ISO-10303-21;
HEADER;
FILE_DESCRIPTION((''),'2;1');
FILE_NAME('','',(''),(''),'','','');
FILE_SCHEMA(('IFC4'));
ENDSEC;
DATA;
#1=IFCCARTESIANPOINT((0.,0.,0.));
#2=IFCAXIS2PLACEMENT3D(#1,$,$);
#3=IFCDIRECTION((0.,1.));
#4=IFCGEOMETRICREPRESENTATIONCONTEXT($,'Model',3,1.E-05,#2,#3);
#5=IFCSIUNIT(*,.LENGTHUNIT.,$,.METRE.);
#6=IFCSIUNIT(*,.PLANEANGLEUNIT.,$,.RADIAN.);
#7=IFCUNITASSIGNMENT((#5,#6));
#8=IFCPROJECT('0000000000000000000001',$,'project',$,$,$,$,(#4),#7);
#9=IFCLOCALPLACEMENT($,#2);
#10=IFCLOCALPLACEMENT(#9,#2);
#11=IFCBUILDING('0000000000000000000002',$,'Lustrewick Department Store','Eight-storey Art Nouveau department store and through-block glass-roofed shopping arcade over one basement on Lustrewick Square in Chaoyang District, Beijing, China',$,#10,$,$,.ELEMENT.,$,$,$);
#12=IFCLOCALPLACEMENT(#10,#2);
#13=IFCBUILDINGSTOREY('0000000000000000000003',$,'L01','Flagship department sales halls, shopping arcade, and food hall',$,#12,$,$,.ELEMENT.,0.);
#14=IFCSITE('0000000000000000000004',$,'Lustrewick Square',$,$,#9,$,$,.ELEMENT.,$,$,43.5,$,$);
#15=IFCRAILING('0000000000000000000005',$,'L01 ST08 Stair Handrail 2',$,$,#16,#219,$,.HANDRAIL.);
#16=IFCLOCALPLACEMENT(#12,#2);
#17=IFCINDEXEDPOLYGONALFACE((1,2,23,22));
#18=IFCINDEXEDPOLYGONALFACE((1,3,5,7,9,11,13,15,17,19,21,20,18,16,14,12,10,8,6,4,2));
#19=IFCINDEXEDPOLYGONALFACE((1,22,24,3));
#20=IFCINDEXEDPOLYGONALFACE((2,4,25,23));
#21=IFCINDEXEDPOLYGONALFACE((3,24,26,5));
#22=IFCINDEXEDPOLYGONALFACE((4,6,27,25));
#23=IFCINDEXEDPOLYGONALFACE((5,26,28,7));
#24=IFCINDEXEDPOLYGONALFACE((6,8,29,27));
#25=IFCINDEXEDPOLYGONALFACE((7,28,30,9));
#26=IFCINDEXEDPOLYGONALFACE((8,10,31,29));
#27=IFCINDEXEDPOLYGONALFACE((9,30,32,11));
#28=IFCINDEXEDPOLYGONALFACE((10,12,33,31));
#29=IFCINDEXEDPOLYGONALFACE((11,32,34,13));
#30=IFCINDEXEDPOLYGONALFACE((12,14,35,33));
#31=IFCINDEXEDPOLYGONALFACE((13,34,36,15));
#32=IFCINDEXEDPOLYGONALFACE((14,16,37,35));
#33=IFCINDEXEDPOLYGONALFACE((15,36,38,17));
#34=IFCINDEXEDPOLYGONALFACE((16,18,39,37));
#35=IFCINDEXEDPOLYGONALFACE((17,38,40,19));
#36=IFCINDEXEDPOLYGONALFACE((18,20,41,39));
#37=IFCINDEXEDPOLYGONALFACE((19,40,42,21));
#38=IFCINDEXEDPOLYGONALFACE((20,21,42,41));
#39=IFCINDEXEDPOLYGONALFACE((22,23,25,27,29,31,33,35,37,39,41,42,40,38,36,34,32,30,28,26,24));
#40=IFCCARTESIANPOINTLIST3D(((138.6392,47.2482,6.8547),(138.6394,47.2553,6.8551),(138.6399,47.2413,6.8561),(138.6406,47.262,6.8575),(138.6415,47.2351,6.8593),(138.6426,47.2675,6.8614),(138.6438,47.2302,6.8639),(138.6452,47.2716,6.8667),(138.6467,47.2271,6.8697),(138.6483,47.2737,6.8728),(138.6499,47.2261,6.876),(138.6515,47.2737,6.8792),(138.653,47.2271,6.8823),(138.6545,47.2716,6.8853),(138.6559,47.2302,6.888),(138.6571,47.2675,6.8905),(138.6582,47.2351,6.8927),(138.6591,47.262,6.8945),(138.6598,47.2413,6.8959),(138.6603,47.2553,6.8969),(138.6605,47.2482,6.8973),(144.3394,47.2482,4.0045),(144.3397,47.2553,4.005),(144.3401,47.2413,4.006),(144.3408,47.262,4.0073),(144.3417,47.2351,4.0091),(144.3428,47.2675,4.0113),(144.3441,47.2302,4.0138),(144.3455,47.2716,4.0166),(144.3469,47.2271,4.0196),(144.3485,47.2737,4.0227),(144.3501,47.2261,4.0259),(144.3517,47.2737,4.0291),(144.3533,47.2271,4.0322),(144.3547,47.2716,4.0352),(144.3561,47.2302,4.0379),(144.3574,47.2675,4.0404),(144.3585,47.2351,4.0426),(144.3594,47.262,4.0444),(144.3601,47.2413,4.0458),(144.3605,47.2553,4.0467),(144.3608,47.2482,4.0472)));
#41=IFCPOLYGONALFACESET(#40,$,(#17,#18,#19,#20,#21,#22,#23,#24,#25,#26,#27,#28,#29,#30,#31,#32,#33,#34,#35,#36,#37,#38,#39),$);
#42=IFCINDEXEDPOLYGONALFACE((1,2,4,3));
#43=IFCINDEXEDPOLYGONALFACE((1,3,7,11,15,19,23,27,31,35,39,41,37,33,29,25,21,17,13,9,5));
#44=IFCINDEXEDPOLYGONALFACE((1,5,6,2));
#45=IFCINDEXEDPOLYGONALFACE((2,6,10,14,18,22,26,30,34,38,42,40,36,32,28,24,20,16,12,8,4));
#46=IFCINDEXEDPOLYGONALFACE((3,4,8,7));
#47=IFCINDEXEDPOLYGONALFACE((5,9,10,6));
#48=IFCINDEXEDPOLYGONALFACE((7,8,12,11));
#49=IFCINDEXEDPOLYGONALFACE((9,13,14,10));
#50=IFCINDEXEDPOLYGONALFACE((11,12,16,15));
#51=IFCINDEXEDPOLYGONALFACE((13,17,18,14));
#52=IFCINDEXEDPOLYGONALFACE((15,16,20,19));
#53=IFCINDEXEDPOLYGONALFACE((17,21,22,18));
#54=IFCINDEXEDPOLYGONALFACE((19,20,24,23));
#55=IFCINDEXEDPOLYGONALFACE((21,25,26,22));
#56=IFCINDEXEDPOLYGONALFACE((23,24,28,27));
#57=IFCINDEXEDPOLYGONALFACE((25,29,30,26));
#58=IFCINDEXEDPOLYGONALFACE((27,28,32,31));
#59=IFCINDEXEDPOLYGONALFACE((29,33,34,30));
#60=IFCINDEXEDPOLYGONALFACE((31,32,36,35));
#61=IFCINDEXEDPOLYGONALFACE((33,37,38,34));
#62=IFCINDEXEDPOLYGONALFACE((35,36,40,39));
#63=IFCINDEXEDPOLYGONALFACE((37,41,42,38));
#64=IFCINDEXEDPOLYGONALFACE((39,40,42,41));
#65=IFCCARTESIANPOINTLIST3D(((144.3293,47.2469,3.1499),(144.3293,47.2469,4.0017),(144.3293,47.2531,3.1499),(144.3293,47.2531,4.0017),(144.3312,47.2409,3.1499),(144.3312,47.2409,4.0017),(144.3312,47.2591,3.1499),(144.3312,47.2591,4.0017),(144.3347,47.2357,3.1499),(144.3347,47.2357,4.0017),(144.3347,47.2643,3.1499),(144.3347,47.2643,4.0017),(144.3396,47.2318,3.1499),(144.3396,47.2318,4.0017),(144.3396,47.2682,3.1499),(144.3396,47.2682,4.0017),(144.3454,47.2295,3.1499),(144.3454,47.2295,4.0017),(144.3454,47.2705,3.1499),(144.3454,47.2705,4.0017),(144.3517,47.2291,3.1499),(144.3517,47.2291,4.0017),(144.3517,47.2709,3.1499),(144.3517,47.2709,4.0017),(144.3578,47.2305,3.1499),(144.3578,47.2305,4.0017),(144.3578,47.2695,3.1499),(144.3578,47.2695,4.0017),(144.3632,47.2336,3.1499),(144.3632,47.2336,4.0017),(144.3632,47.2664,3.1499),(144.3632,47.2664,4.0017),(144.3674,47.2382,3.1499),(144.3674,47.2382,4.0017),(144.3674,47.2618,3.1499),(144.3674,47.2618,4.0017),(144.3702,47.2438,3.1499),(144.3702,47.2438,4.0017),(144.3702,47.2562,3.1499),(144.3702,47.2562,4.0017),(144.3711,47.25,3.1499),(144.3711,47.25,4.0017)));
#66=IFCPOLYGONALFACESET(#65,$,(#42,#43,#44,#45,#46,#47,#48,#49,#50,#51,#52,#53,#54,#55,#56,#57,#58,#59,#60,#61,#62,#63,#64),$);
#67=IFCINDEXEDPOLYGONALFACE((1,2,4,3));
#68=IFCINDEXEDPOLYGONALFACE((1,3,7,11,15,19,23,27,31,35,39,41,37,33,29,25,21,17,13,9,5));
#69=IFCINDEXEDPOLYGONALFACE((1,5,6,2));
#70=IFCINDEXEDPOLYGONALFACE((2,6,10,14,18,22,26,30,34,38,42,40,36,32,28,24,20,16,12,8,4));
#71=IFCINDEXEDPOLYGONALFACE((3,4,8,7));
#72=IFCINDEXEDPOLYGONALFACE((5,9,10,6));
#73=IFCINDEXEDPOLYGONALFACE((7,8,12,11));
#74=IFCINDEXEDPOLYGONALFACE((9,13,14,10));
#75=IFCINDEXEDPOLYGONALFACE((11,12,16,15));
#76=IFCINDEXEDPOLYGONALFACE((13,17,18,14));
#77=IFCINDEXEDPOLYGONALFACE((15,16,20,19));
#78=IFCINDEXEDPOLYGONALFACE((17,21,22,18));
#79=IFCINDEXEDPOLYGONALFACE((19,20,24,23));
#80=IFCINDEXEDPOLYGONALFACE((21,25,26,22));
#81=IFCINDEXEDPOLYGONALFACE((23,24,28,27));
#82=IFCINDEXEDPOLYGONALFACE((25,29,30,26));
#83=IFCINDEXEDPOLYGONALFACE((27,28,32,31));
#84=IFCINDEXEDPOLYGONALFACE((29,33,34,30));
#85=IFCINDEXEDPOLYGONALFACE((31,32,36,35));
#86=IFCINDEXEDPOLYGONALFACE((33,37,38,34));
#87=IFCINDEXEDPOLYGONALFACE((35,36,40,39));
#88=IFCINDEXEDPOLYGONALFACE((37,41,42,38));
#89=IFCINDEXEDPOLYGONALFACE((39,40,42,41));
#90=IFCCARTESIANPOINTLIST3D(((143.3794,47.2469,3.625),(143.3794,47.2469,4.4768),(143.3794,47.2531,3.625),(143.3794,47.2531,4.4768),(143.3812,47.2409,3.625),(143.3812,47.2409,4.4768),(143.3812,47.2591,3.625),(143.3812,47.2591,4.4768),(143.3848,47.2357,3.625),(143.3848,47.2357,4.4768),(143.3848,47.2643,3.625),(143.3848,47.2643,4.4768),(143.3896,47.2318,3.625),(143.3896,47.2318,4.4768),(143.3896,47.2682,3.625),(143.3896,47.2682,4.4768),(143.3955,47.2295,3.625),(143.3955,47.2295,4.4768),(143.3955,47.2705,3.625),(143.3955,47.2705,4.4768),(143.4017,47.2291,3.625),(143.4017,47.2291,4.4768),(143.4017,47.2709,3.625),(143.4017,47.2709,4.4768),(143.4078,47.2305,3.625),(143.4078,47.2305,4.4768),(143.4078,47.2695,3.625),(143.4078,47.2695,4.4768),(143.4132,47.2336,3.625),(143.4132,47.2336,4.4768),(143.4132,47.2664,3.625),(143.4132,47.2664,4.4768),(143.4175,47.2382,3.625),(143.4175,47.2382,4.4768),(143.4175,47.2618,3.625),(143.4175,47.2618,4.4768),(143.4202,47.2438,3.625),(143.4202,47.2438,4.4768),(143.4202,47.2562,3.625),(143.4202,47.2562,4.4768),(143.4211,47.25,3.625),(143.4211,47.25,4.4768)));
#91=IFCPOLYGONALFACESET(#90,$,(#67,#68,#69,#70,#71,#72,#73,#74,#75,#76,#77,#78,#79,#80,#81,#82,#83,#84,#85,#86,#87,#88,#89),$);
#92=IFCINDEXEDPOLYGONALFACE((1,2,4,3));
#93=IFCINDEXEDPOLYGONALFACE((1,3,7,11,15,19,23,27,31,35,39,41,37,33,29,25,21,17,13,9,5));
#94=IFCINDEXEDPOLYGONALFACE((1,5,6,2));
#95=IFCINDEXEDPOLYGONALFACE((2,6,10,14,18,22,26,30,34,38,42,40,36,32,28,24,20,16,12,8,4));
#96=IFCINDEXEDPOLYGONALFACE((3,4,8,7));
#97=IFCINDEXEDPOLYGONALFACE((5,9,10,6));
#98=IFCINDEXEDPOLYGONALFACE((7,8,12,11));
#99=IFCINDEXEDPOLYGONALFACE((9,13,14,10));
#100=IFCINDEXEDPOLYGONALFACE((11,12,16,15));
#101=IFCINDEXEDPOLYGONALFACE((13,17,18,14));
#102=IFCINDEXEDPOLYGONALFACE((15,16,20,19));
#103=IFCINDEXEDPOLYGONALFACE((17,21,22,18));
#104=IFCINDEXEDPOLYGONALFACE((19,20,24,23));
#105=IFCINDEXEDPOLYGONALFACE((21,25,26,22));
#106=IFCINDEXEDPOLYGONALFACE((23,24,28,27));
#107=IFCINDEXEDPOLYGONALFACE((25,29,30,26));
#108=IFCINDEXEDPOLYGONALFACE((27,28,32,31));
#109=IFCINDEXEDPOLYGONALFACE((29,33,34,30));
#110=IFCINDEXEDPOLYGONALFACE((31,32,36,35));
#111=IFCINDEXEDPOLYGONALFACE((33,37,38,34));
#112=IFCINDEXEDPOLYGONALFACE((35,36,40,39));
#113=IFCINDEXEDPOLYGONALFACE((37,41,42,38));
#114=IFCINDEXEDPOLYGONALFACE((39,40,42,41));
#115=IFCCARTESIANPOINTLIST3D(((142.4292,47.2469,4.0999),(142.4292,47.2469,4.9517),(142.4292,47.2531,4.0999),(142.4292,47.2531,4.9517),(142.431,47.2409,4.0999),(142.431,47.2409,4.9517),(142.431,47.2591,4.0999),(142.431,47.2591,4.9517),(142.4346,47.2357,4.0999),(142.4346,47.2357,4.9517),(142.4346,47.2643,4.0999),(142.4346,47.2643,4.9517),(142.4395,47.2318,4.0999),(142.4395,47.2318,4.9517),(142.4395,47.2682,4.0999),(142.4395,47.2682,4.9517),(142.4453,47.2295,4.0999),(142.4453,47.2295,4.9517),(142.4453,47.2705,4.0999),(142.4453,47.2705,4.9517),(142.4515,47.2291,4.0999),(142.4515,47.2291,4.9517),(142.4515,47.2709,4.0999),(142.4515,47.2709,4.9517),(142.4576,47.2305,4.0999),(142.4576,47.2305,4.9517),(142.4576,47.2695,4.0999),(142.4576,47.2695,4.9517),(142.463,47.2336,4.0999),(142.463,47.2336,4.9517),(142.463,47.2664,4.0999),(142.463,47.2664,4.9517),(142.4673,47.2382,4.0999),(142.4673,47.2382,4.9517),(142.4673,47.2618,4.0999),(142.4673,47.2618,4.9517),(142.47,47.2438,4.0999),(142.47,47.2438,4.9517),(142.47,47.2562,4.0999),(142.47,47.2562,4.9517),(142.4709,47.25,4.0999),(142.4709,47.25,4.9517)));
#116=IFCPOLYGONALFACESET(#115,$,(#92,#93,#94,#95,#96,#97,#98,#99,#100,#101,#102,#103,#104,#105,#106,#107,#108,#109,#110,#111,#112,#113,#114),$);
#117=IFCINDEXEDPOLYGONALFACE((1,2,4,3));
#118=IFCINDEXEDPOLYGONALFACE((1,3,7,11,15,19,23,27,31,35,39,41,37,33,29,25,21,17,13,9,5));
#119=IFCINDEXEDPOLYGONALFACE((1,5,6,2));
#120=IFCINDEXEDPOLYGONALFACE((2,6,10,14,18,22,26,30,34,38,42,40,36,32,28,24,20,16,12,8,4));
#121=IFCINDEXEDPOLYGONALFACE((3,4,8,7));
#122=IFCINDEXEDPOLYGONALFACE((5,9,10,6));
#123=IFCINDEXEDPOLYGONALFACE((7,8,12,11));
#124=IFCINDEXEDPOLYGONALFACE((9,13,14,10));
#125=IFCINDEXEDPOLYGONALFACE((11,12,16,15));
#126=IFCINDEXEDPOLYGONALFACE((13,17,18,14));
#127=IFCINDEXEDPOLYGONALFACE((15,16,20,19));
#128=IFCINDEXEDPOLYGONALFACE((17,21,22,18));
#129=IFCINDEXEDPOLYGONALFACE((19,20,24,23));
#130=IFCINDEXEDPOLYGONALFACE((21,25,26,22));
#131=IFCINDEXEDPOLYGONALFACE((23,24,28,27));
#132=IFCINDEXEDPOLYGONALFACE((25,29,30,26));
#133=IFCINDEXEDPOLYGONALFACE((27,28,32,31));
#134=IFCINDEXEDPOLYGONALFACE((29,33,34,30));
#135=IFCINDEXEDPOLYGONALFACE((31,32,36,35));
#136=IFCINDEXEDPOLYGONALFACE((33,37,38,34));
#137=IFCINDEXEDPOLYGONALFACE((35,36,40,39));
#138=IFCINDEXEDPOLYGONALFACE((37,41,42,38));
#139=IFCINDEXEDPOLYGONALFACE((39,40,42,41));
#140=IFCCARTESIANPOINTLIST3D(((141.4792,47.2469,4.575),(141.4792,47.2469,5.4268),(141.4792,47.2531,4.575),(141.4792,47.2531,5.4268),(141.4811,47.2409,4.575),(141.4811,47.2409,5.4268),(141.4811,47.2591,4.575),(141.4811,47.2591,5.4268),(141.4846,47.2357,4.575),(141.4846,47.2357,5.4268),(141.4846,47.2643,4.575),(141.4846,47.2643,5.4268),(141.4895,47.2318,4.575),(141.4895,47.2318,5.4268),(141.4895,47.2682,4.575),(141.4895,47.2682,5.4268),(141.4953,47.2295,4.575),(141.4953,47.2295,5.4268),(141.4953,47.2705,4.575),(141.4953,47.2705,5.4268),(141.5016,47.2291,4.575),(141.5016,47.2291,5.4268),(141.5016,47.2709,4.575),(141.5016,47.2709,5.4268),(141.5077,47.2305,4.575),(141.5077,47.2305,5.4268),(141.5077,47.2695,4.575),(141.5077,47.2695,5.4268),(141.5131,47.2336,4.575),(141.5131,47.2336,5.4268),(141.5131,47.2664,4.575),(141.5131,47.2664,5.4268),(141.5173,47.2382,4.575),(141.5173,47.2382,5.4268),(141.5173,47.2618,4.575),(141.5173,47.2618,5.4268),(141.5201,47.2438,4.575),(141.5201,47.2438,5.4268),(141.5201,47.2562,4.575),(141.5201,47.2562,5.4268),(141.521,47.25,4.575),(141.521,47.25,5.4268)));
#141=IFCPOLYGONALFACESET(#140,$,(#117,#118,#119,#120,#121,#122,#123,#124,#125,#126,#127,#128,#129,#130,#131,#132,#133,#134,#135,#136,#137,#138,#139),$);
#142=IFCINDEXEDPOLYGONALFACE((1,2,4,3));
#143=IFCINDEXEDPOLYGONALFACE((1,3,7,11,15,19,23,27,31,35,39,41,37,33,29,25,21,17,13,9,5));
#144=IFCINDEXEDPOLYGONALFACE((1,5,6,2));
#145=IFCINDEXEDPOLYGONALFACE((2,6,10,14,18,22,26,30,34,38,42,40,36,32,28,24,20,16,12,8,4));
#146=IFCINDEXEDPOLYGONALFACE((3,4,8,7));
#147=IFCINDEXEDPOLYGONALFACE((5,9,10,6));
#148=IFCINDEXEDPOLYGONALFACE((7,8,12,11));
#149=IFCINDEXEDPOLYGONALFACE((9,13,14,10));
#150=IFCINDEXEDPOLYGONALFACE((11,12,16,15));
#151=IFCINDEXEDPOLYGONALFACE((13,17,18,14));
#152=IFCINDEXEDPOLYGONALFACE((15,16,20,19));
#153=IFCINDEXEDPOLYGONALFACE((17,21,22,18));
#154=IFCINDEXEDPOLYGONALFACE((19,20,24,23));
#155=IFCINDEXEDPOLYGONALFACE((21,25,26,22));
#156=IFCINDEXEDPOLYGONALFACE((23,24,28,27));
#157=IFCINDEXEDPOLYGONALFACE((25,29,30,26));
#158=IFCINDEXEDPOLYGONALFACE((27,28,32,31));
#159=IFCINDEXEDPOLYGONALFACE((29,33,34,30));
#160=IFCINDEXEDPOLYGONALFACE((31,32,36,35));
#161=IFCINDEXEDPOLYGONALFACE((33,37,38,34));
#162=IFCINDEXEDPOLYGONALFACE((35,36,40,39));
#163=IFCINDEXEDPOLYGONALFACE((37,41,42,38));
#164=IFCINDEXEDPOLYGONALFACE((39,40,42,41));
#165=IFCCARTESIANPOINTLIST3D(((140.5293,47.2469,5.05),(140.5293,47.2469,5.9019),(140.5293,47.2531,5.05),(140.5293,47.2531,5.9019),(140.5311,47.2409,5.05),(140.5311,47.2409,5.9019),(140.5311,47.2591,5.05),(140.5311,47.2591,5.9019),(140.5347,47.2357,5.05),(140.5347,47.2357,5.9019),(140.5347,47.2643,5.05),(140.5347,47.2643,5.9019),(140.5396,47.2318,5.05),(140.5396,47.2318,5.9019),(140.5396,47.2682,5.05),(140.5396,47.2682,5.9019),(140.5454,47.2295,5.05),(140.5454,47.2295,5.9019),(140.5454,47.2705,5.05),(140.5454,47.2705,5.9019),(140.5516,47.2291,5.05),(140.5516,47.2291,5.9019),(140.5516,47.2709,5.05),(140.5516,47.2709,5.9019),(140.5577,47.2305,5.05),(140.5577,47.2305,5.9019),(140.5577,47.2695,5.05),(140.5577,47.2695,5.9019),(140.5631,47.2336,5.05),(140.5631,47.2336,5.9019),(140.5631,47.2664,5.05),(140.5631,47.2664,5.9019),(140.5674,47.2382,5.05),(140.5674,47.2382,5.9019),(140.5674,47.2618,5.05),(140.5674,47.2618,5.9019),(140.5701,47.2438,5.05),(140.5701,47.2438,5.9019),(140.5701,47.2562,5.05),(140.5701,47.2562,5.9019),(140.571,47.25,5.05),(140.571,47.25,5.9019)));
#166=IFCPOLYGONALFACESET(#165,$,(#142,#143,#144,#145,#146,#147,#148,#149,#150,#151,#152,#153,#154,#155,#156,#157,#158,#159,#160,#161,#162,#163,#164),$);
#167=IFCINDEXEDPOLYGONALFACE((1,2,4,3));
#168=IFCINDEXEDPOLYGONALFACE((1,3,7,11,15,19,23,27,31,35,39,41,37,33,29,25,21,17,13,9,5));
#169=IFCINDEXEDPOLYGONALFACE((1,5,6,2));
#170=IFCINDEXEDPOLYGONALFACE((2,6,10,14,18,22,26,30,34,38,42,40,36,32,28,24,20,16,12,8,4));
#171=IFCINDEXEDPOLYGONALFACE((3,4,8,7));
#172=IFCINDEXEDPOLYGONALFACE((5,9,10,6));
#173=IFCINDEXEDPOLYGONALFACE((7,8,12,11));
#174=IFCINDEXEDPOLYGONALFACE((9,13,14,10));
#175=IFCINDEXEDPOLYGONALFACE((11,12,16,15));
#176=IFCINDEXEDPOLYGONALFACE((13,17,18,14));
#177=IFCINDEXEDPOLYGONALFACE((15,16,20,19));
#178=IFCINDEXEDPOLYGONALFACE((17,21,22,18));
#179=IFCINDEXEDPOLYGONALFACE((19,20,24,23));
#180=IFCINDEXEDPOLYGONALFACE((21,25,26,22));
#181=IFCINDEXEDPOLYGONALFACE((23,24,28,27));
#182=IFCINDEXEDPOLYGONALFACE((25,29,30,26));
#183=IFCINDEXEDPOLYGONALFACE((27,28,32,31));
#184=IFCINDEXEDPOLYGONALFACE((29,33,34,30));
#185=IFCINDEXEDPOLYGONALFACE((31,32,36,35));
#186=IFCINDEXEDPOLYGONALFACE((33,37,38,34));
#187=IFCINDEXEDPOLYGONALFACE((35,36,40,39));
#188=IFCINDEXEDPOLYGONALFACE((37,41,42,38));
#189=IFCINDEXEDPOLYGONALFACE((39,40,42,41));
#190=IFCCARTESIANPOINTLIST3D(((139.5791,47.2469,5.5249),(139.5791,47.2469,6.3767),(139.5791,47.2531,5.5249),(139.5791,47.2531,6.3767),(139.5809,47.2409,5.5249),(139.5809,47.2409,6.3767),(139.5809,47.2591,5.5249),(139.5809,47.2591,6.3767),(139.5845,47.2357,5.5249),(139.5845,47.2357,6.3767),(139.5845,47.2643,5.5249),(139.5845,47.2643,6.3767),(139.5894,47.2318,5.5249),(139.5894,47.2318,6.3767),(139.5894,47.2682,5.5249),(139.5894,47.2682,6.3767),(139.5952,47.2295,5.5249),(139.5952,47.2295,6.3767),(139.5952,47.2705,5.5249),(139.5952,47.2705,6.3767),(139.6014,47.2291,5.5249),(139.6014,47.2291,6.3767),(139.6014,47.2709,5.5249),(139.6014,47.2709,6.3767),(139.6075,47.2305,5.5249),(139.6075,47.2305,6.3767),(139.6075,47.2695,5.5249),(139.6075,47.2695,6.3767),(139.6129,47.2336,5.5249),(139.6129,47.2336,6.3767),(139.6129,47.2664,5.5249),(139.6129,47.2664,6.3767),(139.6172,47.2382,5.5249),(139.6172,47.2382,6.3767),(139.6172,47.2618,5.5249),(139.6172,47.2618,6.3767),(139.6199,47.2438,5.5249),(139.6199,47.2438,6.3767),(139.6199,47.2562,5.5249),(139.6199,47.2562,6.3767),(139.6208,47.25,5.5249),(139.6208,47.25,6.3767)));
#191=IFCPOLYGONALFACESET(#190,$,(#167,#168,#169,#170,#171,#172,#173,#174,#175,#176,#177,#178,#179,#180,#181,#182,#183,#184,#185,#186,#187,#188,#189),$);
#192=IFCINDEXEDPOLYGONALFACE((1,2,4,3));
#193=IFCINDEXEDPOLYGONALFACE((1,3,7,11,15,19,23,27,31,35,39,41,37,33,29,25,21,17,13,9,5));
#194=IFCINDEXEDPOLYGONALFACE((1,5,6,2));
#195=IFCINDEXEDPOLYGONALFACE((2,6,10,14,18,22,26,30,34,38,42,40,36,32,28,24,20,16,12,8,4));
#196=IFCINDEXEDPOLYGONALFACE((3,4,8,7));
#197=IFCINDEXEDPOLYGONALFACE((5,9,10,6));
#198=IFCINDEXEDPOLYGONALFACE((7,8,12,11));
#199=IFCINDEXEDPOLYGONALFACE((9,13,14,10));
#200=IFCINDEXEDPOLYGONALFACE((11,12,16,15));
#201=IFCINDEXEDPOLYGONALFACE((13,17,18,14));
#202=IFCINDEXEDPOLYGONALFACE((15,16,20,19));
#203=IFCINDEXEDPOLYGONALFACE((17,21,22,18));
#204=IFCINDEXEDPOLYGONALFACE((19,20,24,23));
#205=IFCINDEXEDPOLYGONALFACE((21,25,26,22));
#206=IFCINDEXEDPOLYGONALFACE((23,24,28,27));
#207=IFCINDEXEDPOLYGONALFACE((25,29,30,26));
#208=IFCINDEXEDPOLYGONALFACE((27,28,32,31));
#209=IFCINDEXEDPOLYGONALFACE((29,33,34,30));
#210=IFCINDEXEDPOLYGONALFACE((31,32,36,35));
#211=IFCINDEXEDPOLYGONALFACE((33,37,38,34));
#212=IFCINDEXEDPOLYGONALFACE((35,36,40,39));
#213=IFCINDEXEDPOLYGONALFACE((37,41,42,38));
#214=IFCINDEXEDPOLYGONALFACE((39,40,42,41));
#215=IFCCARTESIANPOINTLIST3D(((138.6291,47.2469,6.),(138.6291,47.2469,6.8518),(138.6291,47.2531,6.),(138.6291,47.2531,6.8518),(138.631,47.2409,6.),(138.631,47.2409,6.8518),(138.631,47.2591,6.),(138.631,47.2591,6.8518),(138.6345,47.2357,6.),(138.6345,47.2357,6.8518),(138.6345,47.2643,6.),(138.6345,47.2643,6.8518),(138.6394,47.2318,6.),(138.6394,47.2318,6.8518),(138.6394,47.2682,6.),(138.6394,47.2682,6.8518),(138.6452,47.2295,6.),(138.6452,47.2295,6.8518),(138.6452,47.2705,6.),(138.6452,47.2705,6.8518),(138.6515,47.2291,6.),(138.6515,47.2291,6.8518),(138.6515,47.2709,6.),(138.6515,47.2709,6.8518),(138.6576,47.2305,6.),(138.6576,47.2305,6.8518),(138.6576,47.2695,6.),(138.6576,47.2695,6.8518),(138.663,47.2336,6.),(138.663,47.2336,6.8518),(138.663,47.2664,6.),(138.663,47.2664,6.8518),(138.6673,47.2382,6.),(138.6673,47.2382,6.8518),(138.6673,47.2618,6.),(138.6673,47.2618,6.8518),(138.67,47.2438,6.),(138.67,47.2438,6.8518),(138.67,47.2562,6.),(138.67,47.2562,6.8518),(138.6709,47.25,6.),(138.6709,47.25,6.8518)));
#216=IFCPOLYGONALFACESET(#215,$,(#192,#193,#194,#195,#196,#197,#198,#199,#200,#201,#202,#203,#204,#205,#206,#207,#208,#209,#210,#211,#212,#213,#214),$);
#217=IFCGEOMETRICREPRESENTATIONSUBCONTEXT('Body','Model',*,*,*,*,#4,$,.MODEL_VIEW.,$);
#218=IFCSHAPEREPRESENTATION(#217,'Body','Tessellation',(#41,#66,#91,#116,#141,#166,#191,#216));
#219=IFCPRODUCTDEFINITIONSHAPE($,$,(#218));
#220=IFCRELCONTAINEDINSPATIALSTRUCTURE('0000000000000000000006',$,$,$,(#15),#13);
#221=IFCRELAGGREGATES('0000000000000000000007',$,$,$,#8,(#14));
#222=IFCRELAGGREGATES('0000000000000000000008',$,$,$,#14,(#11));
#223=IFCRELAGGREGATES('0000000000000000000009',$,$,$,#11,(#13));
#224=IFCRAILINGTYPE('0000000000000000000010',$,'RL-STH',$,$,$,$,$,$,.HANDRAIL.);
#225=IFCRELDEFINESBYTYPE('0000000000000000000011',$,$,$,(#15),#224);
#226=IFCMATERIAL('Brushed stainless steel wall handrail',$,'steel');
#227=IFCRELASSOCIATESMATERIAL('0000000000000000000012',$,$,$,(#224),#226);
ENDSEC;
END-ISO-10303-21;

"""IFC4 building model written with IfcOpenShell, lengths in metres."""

from ifc_helpers import new_model, si_unit, direction, frame, origin, origin_2d, place, context, subcontext, project, spatial, circle, extrude, material, type_object, element, save


model = new_model("IFC4")

# Units and contexts
model_context = context("Model", 3, precision=1e-05, world=origin(), true_north=direction((0.0, 1.0)))
body_context = subcontext(model_context, "Body", "Model", "MODEL_VIEW")
ifc_project = project(units=[si_unit("LENGTHUNIT", "METRE"), si_unit("PLANEANGLEUNIT", "RADIAN")], contexts=[model_context])

# Site, building, storey
site_placement = place(None, origin())
site = spatial("IfcSite", under=ifc_project, at=site_placement, Name="Lustrewick Square", CompositionType="ELEMENT", RefElevation=43.5)
building_placement = place(site_placement, origin())
building = spatial("IfcBuilding", under=site, at=building_placement, Name="Lustrewick Department Store", Description="Eight-storey Art Nouveau department store and through-block glass-roofed shopping arcade over one basement on Lustrewick Square in Chaoyang District, Beijing, China", CompositionType="ELEMENT")
storey_placement = place(building_placement, origin())
storey = spatial("IfcBuildingStorey", under=building, at=storey_placement, Name="L01", Description="Flagship department sales halls, shopping arcade, and food hall", CompositionType="ELEMENT", Elevation=0.0)

# Railing
ifc_material_1 = material(Name="Brushed stainless steel wall handrail", Category="steel")
railing_type_1 = type_object("IfcRailingType", Name="RL-STH", PredefinedType="HANDRAIL", material=ifc_material_1)
railing_1_placement = place(storey_placement, frame((144.3501, 47.25, 3.1499)))
element("IfcRailing", 1, at=railing_1_placement, inside=storey, type_object=railing_type_1, Name="L01 ST08 Stair Handrail 2", PredefinedType="HANDRAIL", context=body_context, shape_type="SweptSolid", body=[
    extrude(circle(Radius=0.0239, at=origin_2d()), frame((0.0, 0.0, 0.876), z_axis=(-0.894427, 0.0, 0.447214), x_axis=(0.0, -1.0, 0.0)), (0.0, 0.0, 1.0), 6.373),
    extrude(circle(Radius=0.021, at=origin_2d()), origin(), (0.0, 0.0, 1.0), 0.8518),
    extrude(circle(Radius=0.021, at=origin_2d()), frame((-0.95, 0.0, 0.4751)), (0.0, 0.0, 1.0), 0.8518),
    extrude(circle(Radius=0.021, at=origin_2d()), frame((-1.9001, 0.0, 0.95)), (0.0, 0.0, 1.0), 0.8518),
    extrude(circle(Radius=0.021, at=origin_2d()), frame((-2.8501, 0.0, 1.425)), (0.0, 0.0, 1.0), 0.8518),
    extrude(circle(Radius=0.021, at=origin_2d()), frame((-3.8, 0.0, 1.9001)), (0.0, 0.0, 1.0), 0.8518),
    extrude(circle(Radius=0.021, at=origin_2d()), frame((-4.7502, 0.0, 2.375)), (0.0, 0.0, 1.0), 0.8518),
    extrude(circle(Radius=0.021, at=origin_2d()), frame((-5.7002, 0.0, 2.8501)), (0.0, 0.0, 1.0), 0.8518),
])

save(model, "model.ifc")
